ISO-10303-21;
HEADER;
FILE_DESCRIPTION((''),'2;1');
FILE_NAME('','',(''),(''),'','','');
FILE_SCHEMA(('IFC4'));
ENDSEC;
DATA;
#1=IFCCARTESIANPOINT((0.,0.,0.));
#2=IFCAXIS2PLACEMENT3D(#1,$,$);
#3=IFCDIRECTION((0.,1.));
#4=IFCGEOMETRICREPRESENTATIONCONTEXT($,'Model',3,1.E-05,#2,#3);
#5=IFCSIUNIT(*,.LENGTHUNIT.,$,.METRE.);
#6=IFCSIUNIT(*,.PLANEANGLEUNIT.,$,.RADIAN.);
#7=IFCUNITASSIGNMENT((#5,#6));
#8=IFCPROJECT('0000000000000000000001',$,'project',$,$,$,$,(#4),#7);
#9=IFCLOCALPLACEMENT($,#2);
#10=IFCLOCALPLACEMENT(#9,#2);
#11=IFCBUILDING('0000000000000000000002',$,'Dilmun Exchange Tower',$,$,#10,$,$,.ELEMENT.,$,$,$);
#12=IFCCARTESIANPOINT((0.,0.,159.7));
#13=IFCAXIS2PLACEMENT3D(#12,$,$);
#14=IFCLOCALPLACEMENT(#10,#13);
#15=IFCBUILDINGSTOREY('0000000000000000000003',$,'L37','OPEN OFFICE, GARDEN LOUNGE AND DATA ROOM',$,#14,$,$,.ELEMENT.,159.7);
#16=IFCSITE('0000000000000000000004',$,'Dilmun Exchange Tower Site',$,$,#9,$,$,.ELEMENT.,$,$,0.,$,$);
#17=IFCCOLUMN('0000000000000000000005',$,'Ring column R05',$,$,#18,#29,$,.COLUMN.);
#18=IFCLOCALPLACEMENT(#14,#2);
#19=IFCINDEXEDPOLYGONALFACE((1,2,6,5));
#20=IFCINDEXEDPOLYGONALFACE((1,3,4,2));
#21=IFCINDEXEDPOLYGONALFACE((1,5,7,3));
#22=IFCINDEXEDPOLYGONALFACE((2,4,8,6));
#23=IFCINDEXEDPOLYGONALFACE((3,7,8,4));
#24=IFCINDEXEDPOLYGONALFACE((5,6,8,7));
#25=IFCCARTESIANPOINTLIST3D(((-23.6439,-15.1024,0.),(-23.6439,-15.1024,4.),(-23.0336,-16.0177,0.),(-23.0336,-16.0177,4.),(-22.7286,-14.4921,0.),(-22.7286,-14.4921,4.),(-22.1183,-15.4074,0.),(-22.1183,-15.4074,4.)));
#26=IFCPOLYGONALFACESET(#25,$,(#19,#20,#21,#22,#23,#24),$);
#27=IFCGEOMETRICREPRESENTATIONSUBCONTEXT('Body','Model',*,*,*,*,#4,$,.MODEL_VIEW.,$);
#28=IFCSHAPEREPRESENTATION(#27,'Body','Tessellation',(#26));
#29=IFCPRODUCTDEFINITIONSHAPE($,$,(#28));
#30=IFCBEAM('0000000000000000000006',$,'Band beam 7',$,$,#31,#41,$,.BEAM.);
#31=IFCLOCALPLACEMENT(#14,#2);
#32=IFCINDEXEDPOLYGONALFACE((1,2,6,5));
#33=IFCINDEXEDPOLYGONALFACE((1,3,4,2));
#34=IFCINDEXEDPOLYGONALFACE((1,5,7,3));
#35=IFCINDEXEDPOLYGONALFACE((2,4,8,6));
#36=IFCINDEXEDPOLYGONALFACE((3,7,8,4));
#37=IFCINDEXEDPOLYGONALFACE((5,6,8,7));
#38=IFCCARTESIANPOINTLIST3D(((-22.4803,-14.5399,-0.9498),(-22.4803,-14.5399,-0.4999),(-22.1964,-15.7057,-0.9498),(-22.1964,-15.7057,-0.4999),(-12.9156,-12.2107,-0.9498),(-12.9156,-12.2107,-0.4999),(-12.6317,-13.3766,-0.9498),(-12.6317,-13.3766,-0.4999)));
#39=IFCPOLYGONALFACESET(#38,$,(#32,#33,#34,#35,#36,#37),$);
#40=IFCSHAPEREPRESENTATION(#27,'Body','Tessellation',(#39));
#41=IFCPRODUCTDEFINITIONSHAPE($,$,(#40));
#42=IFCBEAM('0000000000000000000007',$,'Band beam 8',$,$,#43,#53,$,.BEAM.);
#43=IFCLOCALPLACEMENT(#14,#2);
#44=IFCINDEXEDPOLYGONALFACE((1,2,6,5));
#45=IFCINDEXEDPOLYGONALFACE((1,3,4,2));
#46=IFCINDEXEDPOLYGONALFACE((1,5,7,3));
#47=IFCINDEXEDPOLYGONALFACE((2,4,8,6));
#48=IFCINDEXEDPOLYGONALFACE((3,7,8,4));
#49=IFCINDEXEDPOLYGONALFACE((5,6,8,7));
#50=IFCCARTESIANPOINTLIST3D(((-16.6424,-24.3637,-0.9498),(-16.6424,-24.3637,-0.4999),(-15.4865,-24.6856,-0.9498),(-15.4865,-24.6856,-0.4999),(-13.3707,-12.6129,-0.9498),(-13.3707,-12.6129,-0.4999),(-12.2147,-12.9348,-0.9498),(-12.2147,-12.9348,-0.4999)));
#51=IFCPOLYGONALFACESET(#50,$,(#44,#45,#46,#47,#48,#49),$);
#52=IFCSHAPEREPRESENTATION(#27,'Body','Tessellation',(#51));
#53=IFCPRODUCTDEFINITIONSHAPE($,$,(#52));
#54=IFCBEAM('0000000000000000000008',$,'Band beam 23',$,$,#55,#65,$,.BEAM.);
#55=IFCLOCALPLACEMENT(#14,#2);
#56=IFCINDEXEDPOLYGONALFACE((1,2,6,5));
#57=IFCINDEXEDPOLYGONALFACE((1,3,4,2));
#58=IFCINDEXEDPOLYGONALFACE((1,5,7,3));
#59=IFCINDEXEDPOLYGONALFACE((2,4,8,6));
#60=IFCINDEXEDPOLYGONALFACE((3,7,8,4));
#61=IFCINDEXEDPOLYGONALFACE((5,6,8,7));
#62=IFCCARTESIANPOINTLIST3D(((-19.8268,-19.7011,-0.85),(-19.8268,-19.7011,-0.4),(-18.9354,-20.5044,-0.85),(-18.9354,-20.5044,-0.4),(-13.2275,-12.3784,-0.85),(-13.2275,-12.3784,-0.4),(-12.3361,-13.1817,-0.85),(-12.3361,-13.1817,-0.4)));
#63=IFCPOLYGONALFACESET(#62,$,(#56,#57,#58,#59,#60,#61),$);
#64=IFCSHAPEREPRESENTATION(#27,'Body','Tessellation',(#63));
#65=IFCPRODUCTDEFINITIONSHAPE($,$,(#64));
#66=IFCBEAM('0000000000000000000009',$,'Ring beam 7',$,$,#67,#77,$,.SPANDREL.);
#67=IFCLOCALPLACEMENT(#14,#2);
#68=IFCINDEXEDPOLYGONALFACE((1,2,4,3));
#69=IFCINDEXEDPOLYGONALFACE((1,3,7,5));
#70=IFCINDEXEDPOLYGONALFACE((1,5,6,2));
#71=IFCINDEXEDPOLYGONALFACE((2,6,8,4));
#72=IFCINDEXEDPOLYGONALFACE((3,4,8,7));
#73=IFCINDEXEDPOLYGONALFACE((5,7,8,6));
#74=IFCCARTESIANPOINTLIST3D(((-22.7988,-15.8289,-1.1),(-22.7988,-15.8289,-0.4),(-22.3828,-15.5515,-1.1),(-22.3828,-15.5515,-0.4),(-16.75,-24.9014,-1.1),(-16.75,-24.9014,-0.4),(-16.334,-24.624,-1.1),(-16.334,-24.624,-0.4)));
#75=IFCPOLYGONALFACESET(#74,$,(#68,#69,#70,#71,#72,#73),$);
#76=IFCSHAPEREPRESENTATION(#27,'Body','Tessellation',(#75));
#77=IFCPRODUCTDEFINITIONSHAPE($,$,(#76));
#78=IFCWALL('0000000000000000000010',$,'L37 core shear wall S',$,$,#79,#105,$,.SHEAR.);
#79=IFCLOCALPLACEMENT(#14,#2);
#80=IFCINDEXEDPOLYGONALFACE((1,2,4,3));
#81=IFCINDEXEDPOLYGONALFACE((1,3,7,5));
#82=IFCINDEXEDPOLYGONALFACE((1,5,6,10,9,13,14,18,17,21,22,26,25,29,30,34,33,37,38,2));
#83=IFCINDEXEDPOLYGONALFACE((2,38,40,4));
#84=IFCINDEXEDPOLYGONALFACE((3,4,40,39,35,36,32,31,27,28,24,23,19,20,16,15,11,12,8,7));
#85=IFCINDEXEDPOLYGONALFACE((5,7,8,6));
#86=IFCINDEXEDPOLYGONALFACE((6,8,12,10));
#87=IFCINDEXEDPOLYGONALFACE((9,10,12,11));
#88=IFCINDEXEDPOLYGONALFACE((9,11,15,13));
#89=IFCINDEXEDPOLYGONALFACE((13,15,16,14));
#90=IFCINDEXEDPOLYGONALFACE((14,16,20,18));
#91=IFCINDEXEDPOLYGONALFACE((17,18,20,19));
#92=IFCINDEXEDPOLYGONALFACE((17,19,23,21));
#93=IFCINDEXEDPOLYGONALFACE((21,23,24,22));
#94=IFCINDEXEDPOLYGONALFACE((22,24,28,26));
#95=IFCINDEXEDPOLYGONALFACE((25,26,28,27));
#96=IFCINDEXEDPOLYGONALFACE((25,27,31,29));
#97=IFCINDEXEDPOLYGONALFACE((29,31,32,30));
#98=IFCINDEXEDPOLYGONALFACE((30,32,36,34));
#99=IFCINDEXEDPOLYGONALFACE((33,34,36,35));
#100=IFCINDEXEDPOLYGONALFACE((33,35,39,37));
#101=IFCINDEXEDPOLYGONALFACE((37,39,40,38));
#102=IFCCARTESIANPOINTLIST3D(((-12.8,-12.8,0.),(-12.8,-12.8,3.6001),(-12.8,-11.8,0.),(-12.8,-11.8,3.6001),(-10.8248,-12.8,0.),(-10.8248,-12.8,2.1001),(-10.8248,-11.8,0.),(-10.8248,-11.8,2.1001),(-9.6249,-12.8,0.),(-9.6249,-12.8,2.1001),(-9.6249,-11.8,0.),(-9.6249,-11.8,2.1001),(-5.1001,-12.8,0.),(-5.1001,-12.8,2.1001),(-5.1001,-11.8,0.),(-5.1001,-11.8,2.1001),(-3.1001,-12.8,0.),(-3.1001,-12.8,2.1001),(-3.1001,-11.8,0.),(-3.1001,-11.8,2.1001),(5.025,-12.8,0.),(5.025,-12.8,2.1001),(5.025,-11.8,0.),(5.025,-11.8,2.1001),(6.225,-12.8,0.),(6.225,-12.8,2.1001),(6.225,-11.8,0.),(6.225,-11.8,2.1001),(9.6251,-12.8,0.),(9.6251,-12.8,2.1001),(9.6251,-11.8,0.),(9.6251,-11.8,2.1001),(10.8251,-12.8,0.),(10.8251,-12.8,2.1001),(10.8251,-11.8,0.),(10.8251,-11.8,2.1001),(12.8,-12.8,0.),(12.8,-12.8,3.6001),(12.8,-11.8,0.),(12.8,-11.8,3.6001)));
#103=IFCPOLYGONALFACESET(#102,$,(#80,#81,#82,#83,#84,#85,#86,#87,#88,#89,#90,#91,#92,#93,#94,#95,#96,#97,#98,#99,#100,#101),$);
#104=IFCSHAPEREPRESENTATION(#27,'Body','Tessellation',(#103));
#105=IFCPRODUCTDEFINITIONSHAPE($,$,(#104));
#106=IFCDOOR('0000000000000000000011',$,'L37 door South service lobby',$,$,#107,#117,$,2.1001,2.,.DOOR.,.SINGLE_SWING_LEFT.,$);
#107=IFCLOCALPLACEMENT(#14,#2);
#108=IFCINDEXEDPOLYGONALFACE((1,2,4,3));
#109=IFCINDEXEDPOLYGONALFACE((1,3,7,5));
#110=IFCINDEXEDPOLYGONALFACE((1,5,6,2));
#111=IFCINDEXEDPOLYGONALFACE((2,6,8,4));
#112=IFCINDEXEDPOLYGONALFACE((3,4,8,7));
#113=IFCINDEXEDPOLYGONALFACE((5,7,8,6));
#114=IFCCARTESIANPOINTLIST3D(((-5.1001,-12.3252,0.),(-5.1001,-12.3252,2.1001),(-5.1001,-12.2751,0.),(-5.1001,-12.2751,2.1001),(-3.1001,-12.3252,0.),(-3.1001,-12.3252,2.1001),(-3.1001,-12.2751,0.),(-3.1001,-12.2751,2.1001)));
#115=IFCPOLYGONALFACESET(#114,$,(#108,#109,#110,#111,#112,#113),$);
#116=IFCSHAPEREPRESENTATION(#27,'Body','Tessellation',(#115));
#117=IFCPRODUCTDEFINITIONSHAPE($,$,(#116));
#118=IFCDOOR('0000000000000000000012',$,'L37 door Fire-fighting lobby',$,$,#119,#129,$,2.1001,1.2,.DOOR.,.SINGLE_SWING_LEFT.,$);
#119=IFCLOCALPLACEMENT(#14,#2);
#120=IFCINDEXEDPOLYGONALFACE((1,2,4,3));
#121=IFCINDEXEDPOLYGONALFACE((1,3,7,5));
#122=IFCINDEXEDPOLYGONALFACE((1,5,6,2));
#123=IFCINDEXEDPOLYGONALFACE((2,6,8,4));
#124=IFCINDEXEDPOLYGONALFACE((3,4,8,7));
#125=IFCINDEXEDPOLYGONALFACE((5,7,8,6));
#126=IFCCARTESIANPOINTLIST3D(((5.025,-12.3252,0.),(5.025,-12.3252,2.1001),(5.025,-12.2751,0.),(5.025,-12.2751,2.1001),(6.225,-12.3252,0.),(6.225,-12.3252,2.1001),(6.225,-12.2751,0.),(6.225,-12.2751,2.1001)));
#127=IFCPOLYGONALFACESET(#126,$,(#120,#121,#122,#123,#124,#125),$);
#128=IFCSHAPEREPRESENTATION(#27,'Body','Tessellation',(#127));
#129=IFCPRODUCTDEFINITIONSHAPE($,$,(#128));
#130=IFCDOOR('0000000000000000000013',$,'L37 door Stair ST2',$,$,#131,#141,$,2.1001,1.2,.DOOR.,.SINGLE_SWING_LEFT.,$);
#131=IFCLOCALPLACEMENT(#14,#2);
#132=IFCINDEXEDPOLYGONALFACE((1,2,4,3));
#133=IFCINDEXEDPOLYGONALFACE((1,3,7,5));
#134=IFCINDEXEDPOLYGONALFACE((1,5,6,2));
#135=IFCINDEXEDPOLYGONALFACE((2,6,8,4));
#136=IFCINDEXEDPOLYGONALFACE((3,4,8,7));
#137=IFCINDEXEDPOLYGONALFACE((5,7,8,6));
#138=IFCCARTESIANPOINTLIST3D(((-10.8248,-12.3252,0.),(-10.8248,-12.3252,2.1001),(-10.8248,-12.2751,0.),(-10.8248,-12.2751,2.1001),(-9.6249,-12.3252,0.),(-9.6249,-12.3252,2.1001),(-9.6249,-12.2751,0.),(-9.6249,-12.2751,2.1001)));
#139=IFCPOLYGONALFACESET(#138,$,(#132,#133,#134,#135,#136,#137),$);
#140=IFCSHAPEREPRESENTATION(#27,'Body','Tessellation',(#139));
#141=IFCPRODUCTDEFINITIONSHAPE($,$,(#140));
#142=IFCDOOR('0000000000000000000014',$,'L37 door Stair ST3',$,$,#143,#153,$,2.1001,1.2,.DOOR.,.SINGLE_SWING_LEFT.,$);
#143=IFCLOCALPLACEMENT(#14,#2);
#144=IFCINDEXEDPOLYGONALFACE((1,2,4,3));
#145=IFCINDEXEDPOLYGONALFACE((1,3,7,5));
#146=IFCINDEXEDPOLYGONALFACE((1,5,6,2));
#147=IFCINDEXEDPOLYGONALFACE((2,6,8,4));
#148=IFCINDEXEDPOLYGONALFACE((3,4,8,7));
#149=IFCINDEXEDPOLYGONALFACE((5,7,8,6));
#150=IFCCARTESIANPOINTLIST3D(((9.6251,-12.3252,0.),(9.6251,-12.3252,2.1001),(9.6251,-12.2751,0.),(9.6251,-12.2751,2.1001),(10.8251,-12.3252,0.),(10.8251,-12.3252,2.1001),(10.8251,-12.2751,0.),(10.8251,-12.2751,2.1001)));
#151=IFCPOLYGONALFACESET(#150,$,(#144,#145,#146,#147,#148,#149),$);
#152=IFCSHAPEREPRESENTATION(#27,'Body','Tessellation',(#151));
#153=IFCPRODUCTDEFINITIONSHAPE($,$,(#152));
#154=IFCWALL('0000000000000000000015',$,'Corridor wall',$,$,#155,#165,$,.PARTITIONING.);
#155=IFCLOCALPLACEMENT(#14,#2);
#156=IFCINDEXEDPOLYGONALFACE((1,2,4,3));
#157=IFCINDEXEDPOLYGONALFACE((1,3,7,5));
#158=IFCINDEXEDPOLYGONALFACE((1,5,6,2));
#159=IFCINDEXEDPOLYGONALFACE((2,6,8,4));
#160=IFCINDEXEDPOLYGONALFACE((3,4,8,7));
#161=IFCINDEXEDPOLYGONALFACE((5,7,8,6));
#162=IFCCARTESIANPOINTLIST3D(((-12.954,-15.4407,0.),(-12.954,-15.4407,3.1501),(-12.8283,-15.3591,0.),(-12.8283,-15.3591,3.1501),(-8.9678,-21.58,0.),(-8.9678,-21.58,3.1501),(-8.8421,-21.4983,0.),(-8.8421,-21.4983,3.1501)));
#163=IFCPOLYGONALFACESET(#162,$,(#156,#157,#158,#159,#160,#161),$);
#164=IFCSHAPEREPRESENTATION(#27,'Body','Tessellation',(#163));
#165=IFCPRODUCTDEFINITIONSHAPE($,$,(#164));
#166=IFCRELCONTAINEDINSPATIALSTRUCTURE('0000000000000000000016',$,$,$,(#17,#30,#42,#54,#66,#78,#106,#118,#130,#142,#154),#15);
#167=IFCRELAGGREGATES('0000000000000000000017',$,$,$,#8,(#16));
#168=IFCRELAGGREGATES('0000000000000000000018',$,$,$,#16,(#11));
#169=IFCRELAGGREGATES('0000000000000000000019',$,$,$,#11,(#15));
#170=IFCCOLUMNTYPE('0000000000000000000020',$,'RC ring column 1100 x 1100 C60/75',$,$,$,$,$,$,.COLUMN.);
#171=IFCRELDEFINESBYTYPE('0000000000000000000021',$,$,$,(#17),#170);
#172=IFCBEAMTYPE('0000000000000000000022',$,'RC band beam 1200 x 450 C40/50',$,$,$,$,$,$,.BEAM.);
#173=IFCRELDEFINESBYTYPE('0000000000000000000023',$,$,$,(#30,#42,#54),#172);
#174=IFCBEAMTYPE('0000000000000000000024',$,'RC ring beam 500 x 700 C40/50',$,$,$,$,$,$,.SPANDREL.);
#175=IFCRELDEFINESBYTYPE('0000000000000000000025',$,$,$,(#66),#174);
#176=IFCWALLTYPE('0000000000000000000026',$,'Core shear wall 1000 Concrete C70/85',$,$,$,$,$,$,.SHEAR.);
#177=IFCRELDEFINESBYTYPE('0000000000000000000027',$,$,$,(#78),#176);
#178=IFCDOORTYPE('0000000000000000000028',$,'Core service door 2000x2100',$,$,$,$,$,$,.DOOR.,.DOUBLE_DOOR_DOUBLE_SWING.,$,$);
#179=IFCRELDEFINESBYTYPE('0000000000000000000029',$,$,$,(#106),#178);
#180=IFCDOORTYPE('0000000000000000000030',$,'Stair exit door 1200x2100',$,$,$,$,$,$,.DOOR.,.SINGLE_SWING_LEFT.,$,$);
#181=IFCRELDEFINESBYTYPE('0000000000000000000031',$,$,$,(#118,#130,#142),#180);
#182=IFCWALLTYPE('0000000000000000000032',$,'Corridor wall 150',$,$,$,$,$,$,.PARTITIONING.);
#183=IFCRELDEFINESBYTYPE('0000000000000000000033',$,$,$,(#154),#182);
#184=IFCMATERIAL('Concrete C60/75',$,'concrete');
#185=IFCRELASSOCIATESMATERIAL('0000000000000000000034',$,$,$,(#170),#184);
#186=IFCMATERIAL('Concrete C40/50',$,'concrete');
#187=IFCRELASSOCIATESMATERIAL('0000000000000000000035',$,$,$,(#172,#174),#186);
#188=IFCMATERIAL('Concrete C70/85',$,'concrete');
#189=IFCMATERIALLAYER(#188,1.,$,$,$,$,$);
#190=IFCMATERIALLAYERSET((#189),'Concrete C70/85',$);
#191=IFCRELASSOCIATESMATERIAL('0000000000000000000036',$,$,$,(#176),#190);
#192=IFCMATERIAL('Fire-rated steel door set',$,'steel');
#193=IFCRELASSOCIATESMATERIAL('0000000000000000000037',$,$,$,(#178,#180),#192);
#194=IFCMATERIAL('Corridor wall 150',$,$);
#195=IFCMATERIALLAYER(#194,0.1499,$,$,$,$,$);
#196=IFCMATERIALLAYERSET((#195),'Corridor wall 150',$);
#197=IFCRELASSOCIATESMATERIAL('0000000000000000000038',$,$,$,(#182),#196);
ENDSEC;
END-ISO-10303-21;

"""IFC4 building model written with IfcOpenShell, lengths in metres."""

from ifc_helpers import new_model, si_unit, direction, frame, frame_2d, origin, origin_2d, place, context, subcontext, project, spatial, rectangle, extrude, material, layer, layer_set, material_profile, profile_set, type_object, element, fill, save


model = new_model("IFC4")

# Units and contexts
model_context = context("Model", 3, precision=1e-05, world=origin(), true_north=direction((0.0, 1.0)))
body_context = subcontext(model_context, "Body", "Model", "MODEL_VIEW")
ifc_project = project(units=[si_unit("LENGTHUNIT", "METRE"), si_unit("PLANEANGLEUNIT", "RADIAN")], contexts=[model_context])

# Site, building, storey
site_placement = place(None, origin())
site = spatial("IfcSite", under=ifc_project, at=site_placement, Name="Dilmun Exchange Tower Site", CompositionType="ELEMENT", RefElevation=0.0)
building_placement = place(site_placement, origin())
building = spatial("IfcBuilding", under=site, at=building_placement, Name="Dilmun Exchange Tower", CompositionType="ELEMENT")
storey_placement = place(building_placement, frame((0.0, 0.0, 159.7)))
storey = spatial("IfcBuildingStorey", under=building, at=storey_placement, Name="L37", Description="OPEN OFFICE, GARDEN LOUNGE AND DATA ROOM", CompositionType="ELEMENT", Elevation=159.7)

# Column
ifc_material_1 = material(Name="Concrete C60/75", Category="concrete")
ifc_material_profile_1 = material_profile(ifc_material_1, rectangle(XDim=1.1001, YDim=1.1001, at=origin_2d()), Name="1100 x 1100")
ifc_profile_set_1 = profile_set([ifc_material_profile_1], Name="Concrete C60/75")
column_type = type_object("IfcColumnType", Name="RC ring column 1100 x 1100 C60/75", PredefinedType="COLUMN", material=ifc_profile_set_1)
column_placement = place(storey_placement, frame((-22.8811, -15.2549, 0.0), z_axis=(0.0, 0.0, 1.0), x_axis=(0.832029, 0.554733, 0.0)))
element("IfcColumn", 1, at=column_placement, inside=storey, type_object=column_type, Name="Ring column R05", PredefinedType="COLUMN", context=body_context, shape_type="SweptSolid", body=[
    extrude(rectangle(XDim=1.1001, YDim=1.1001, at=origin_2d()), origin(), (0.0, 0.0, 1.0), 4.0),
])

# Beams
ifc_material_2 = material(Name="Concrete C40/50", Category="concrete")
ifc_material_profile_2 = material_profile(ifc_material_2, rectangle(XDim=1.2, YDim=0.45, at=origin_2d()), Name="1200 x 450")
ifc_profile_set_2 = profile_set([ifc_material_profile_2], Name="Concrete C40/50")
beam_type_1 = type_object("IfcBeamType", Name="RC band beam 1200 x 450 C40/50", PredefinedType="BEAM", material=ifc_profile_set_2)
beam_1_placement = place(storey_placement, frame((-22.3384, -15.1228, -0.7249), z_axis=(0.971608, 0.236596, 0.0), x_axis=(-0.236596, 0.971608, 0.0)))
element("IfcBeam", 2, at=beam_1_placement, inside=storey, type_object=beam_type_1, Name="Band beam 7", PredefinedType="BEAM", context=body_context, shape_type="SweptSolid", body=[
    extrude(rectangle(XDim=1.2, YDim=0.45, at=origin_2d()), origin(), (0.0, 0.0, 1.0), 9.8442),
])
beam_2_placement = place(storey_placement, frame((-16.0645, -24.5247, -0.7249), z_axis=(0.268225, 0.963356, 0.0), x_axis=(-0.963356, 0.268225, 0.0)))
element("IfcBeam", 3, at=beam_2_placement, inside=storey, type_object=beam_type_1, Name="Band beam 8", PredefinedType="BEAM", context=body_context, shape_type="SweptSolid", body=[
    extrude(rectangle(XDim=1.2, YDim=0.45, at=origin_2d()), origin(), (0.0, 0.0, 1.0), 12.1978),
])
beam_3_placement = place(storey_placement, frame((-19.3811, -20.1028, -0.625), z_axis=(0.669463, 0.742846, 0.0), x_axis=(-0.742846, 0.669463, 0.0)))
element("IfcBeam", 4, at=beam_3_placement, inside=storey, type_object=beam_type_1, Name="Band beam 23", PredefinedType="BEAM", context=body_context, shape_type="SweptSolid", body=[
    extrude(rectangle(XDim=1.2, YDim=0.45, at=origin_2d()), origin(), (0.0, 0.0, 1.0), 9.8577),
])
ifc_material_profile_3 = material_profile(ifc_material_2, rectangle(XDim=0.5, YDim=0.7, at=origin_2d()), Name="500 x 700")
ifc_profile_set_3 = profile_set([ifc_material_profile_3], Name="Concrete C40/50")
beam_type_2 = type_object("IfcBeamType", Name="RC ring beam 500 x 700 C40/50", PredefinedType="SPANDREL", material=ifc_profile_set_3)
beam_4_placement = place(storey_placement, frame((-22.5908, -15.6902, -0.75), z_axis=(0.554731, -0.83203, 0.0), x_axis=(0.83203, 0.554731, 0.0)))
element("IfcBeam", 5, at=beam_4_placement, inside=storey, type_object=beam_type_2, Name="Ring beam 7", PredefinedType="SPANDREL", context=body_context, shape_type="SweptSolid", body=[
    extrude(rectangle(XDim=0.5, YDim=0.7, at=origin_2d()), origin(), (0.0, 0.0, 1.0), 10.9041),
])

# Wall, openings, doors
ifc_material_3 = material(Name="Concrete C70/85", Category="concrete")
ifc_layer_1 = layer(ifc_material_3, 1.0)
ifc_layer_set_1 = layer_set([ifc_layer_1], Name="Concrete C70/85")
wall_type_1 = type_object("IfcWallType", Name="Core shear wall 1000 Concrete C70/85", PredefinedType="SHEAR", material=ifc_layer_set_1)
wall_1_placement = place(storey_placement, frame((-12.8, -12.3, 0.0), z_axis=(0.0, 0.0, 1.0), x_axis=(1.0, 0.0, 0.0)))
wall_1 = element("IfcWall", 6, at=wall_1_placement, inside=storey, type_object=wall_type_1, Name="L37 core shear wall S", PredefinedType="SHEAR", context=body_context, shape_type="SweptSolid", body=[
    extrude(rectangle(XDim=25.6001, YDim=1.0, at=frame_2d((12.8, 0.0))), origin(), (0.0, 0.0, 1.0), 3.6001),
])
opening_1_placement = place(wall_1_placement, frame((7.7, 0.0, 0.0)))
opening_1 = element("IfcOpeningElement", 7, at=opening_1_placement, cuts=wall_1, PredefinedType="OPENING", context=body_context, shape_type="SweptSolid", body=[
    extrude(rectangle(XDim=2.0, YDim=2.1001, at=frame_2d((1.0, 1.05))), frame((0.0, 0.51, 0.0), z_axis=(0.0, -1.0, 0.0), x_axis=(1.0, 0.0, 0.0)), (0.0, 0.0, 1.0), 1.02),
])
opening_2_placement = place(wall_1_placement, frame((17.825, 0.0, 0.0)))
opening_2 = element("IfcOpeningElement", 8, at=opening_2_placement, cuts=wall_1, PredefinedType="OPENING", context=body_context, shape_type="SweptSolid", body=[
    extrude(rectangle(XDim=1.2, YDim=2.1001, at=frame_2d((0.6001, 1.05))), frame((0.0, 0.51, 0.0), z_axis=(0.0, -1.0, 0.0), x_axis=(1.0, 0.0, 0.0)), (0.0, 0.0, 1.0), 1.02),
])
opening_3_placement = place(wall_1_placement, frame((1.9751, 0.0, 0.0)))
opening_3 = element("IfcOpeningElement", 9, at=opening_3_placement, cuts=wall_1, PredefinedType="OPENING", context=body_context, shape_type="SweptSolid", body=[
    extrude(rectangle(XDim=1.2, YDim=2.1001, at=frame_2d((0.6001, 1.05))), frame((0.0, 0.51, 0.0), z_axis=(0.0, -1.0, 0.0), x_axis=(1.0, 0.0, 0.0)), (0.0, 0.0, 1.0), 1.02),
])
opening_4_placement = place(wall_1_placement, frame((22.425, 0.0, 0.0)))
opening_4 = element("IfcOpeningElement", 10, at=opening_4_placement, cuts=wall_1, PredefinedType="OPENING", context=body_context, shape_type="SweptSolid", body=[
    extrude(rectangle(XDim=1.2, YDim=2.1001, at=frame_2d((0.6001, 1.05))), frame((0.0, 0.51, 0.0), z_axis=(0.0, -1.0, 0.0), x_axis=(1.0, 0.0, 0.0)), (0.0, 0.0, 1.0), 1.02),
])
ifc_material_4 = material(Name="Fire-rated steel door set", Category="steel")
door_type_1 = type_object("IfcDoorType", Name="Core service door 2000x2100", OperationType="DOUBLE_DOOR_DOUBLE_SWING", PredefinedType="DOOR", material=ifc_material_4)
door_1_placement = place(opening_1_placement, origin())
door_1 = element("IfcDoor", 11, at=door_1_placement, inside=storey, type_object=door_type_1, Name="L37 door South service lobby", OperationType="SINGLE_SWING_LEFT", OverallHeight=2.1001, OverallWidth=2.0, PredefinedType="DOOR", context=body_context, shape_type="SweptSolid", body=[
    extrude(rectangle(XDim=2.0, YDim=2.1001, at=frame_2d((1.0, 1.05))), frame((0.0, 0.0249, 0.0), z_axis=(0.0, -1.0, 0.0), x_axis=(1.0, 0.0, 0.0)), (0.0, 0.0, 1.0), 0.05),
])
fill(opening_1, door_1)
door_type_2 = type_object("IfcDoorType", Name="Stair exit door 1200x2100", OperationType="SINGLE_SWING_LEFT", PredefinedType="DOOR", material=ifc_material_4)
door_2_placement = place(opening_2_placement, origin())
door_2 = element("IfcDoor", 12, at=door_2_placement, inside=storey, type_object=door_type_2, Name="L37 door Fire-fighting lobby", OperationType="SINGLE_SWING_LEFT", OverallHeight=2.1001, OverallWidth=1.2, PredefinedType="DOOR", context=body_context, shape_type="SweptSolid", body=[
    extrude(rectangle(XDim=1.2, YDim=2.1001, at=frame_2d((0.6001, 1.05))), frame((0.0, 0.0249, 0.0), z_axis=(0.0, -1.0, 0.0), x_axis=(1.0, 0.0, 0.0)), (0.0, 0.0, 1.0), 0.05),
])
fill(opening_2, door_2)
door_3_placement = place(opening_3_placement, origin())
door_3 = element("IfcDoor", 13, at=door_3_placement, inside=storey, type_object=door_type_2, Name="L37 door Stair ST2", OperationType="SINGLE_SWING_LEFT", OverallHeight=2.1001, OverallWidth=1.2, PredefinedType="DOOR", context=body_context, shape_type="SweptSolid", body=[
    extrude(rectangle(XDim=1.2, YDim=2.1001, at=frame_2d((0.6001, 1.05))), frame((0.0, 0.0249, 0.0), z_axis=(0.0, -1.0, 0.0), x_axis=(1.0, 0.0, 0.0)), (0.0, 0.0, 1.0), 0.05),
])
fill(opening_3, door_3)
door_4_placement = place(opening_4_placement, origin())
door_4 = element("IfcDoor", 14, at=door_4_placement, inside=storey, type_object=door_type_2, Name="L37 door Stair ST3", OperationType="SINGLE_SWING_LEFT", OverallHeight=2.1001, OverallWidth=1.2, PredefinedType="DOOR", context=body_context, shape_type="SweptSolid", body=[
    extrude(rectangle(XDim=1.2, YDim=2.1001, at=frame_2d((0.6001, 1.05))), frame((0.0, 0.0249, 0.0), z_axis=(0.0, -1.0, 0.0), x_axis=(1.0, 0.0, 0.0)), (0.0, 0.0, 1.0), 0.05),
])
fill(opening_4, door_4)

# Wall
ifc_material_5 = material(Name="Corridor wall 150")
ifc_layer_2 = layer(ifc_material_5, 0.1499)
ifc_layer_set_2 = layer_set([ifc_layer_2], Name="Corridor wall 150")
wall_type_2 = type_object("IfcWallType", Name="Corridor wall 150", PredefinedType="PARTITIONING", material=ifc_layer_set_2)
wall_2_placement = place(storey_placement, frame((-12.8911, -15.3999, 0.0), z_axis=(0.0, 0.0, 1.0), x_axis=(0.544569, -0.838716, 0.0)))
element("IfcWall", 15, at=wall_2_placement, inside=storey, type_object=wall_type_2, Name="Corridor wall", PredefinedType="PARTITIONING", context=body_context, shape_type="SweptSolid", body=[
    extrude(rectangle(XDim=7.3198, YDim=0.1499, at=frame_2d((3.6599, 0.0))), origin(), (0.0, 0.0, 1.0), 3.1501),
])

save(model, "model.ifc")
